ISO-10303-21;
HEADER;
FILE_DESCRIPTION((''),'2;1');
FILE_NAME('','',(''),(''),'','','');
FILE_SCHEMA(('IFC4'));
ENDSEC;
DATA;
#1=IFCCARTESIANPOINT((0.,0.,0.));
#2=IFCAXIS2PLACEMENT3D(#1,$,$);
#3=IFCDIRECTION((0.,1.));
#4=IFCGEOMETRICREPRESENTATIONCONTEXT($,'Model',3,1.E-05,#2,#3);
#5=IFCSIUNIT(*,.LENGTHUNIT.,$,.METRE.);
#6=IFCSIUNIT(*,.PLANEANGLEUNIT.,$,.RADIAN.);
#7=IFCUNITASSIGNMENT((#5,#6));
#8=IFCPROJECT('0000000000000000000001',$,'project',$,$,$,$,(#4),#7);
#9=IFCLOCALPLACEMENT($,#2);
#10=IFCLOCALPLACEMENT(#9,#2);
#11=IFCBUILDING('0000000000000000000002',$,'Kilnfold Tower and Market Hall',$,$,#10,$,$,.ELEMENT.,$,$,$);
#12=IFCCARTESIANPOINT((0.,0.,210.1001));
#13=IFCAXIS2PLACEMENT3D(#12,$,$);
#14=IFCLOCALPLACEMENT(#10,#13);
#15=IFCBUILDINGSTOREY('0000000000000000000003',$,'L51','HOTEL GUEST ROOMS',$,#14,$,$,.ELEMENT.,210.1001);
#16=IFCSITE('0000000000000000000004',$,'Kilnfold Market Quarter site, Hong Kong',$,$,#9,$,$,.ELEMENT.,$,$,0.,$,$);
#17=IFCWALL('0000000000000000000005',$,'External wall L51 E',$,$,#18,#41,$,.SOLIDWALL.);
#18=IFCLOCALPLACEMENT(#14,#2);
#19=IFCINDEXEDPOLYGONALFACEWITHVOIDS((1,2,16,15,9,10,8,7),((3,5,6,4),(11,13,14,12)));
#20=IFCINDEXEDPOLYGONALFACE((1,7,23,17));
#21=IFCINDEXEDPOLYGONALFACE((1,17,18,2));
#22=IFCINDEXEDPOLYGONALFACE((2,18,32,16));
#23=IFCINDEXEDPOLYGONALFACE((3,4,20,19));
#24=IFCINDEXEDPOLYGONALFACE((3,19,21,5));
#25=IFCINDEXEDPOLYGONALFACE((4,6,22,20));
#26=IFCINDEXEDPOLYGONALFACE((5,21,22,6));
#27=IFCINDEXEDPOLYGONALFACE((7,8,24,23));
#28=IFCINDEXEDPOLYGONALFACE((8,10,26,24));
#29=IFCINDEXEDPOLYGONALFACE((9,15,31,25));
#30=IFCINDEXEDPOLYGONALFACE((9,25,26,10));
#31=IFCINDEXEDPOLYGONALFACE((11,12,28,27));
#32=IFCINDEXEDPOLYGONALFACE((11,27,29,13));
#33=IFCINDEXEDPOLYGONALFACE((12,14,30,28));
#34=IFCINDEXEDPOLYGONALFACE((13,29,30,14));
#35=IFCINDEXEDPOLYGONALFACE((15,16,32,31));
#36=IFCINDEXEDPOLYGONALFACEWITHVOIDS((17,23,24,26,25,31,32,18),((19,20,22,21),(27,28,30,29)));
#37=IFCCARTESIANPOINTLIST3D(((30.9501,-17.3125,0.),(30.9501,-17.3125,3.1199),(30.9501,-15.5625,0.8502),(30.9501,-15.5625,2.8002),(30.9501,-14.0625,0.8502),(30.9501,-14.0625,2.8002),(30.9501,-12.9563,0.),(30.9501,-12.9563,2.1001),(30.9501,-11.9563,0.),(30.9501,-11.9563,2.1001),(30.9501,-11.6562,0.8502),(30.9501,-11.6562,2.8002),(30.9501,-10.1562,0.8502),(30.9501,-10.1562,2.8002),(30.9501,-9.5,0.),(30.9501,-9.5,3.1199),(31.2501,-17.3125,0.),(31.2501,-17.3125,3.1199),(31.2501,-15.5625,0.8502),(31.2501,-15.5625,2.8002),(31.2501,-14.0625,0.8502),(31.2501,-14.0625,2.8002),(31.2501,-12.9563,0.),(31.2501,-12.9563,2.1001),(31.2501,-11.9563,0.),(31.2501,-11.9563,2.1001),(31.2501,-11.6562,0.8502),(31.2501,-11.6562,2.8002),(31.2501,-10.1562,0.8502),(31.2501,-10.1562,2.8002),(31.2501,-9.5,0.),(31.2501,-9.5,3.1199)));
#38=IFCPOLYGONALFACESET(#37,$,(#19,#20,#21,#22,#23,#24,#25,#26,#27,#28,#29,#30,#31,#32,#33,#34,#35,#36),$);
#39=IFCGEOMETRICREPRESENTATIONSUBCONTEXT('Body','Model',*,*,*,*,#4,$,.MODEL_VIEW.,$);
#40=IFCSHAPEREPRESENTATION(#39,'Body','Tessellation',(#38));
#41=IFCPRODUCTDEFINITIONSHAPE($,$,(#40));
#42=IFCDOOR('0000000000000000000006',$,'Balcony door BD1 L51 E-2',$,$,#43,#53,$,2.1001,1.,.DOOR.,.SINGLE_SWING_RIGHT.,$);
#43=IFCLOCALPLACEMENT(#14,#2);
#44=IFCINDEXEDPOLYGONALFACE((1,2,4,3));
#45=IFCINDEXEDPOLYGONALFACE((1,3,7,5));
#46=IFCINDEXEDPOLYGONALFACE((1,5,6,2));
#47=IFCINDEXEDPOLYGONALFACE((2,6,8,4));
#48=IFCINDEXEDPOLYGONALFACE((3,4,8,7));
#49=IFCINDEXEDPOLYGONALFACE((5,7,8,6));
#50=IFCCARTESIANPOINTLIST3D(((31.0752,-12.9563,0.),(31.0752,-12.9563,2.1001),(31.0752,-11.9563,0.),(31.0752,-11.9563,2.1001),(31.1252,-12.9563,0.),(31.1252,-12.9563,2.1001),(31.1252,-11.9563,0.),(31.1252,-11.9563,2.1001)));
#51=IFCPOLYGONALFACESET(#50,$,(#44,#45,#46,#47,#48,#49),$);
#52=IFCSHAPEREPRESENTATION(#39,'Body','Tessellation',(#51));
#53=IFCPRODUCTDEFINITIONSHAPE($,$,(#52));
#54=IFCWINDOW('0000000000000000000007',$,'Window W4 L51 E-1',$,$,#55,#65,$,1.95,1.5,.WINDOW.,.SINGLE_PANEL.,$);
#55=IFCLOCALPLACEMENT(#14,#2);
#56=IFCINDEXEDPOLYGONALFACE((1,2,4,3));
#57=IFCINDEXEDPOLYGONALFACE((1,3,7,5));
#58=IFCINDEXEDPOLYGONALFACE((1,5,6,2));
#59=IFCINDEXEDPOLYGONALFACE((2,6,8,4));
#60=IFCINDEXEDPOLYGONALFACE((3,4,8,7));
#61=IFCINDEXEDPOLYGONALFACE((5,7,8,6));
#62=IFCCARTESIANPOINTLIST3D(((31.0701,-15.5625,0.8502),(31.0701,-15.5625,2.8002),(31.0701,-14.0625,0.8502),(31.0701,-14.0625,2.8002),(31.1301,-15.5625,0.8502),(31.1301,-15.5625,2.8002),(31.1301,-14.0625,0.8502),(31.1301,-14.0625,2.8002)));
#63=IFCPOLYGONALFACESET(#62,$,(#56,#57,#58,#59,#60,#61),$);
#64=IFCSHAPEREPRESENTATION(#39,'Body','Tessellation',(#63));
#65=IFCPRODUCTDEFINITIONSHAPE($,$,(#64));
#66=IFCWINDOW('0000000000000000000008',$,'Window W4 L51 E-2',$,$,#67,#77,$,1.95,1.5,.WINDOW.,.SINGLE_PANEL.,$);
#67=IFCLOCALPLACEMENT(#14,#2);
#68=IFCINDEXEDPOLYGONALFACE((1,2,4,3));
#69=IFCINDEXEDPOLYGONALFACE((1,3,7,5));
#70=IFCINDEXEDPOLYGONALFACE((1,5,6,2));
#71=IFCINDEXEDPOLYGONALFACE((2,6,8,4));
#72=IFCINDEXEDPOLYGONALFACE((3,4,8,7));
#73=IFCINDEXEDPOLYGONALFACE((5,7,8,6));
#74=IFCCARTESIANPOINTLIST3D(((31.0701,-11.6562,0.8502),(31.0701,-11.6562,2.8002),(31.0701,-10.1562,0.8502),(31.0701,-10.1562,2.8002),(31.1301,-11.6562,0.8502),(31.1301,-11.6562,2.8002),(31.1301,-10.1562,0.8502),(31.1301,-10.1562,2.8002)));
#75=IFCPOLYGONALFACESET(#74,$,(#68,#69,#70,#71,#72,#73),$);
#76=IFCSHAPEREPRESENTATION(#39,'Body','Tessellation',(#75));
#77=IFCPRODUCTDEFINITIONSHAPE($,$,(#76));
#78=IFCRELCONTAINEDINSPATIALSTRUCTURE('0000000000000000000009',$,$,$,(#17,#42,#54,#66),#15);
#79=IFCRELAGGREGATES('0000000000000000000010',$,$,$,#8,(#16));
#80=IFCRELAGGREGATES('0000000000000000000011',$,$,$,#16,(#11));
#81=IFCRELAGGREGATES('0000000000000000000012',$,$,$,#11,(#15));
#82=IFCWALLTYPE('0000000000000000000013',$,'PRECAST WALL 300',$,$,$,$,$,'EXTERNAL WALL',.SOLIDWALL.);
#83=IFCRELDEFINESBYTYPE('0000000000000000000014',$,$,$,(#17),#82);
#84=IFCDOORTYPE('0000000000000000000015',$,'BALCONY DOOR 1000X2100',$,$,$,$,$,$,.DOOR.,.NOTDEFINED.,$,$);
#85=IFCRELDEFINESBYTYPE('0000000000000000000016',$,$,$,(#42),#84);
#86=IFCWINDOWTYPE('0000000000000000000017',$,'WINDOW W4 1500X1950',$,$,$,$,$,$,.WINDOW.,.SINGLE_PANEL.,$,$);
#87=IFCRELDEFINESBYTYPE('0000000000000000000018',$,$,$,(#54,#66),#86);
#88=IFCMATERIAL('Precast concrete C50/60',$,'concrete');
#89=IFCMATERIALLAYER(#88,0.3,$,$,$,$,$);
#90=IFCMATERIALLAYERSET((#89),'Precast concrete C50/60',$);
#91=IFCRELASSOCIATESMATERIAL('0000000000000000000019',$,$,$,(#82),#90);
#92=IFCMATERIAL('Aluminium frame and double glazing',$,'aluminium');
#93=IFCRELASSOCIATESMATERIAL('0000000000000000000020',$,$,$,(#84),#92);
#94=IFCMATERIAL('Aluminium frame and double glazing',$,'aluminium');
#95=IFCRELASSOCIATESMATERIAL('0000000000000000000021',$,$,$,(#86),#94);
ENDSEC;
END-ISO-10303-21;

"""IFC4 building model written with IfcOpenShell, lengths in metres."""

from ifc_helpers import new_model, si_unit, direction, frame, frame_2d, origin, place, context, subcontext, project, spatial, rectangle, extrude, source, transform, mapped, material, layer, layer_set, type_object, element, fill, save


model = new_model("IFC4")

# Units and contexts
model_context = context("Model", 3, precision=1e-05, world=origin(), true_north=direction((0.0, 1.0)))
body_context = subcontext(model_context, "Body", "Model", "MODEL_VIEW")
ifc_project = project(units=[si_unit("LENGTHUNIT", "METRE"), si_unit("PLANEANGLEUNIT", "RADIAN")], contexts=[model_context])

# Site, building, storey
site_placement = place(None, origin())
site = spatial("IfcSite", under=ifc_project, at=site_placement, Name="Kilnfold Market Quarter site, Hong Kong", CompositionType="ELEMENT", RefElevation=0.0)
building_placement = place(site_placement, origin())
building = spatial("IfcBuilding", under=site, at=building_placement, Name="Kilnfold Tower and Market Hall", CompositionType="ELEMENT")
storey_placement = place(building_placement, frame((0.0, 0.0, 210.1001)))
storey = spatial("IfcBuildingStorey", under=building, at=storey_placement, Name="L51", Description="HOTEL GUEST ROOMS", CompositionType="ELEMENT", Elevation=210.1001)

# Wall, openings, door, windows
ifc_material_1 = material(Name="Precast concrete C50/60", Category="concrete")
ifc_layer_1 = layer(ifc_material_1, 0.3)
ifc_layer_set_1 = layer_set([ifc_layer_1], Name="Precast concrete C50/60")
wall_type_1 = type_object("IfcWallType", Name="PRECAST WALL 300", ElementType="EXTERNAL WALL", PredefinedType="SOLIDWALL", material=ifc_layer_set_1)
shared_shape_1 = source(origin(), body_context, "Body", "SweptSolid", [
    extrude(rectangle(XDim=7.8125, YDim=0.3, at=frame_2d((3.9062, 0.0))), origin(), (0.0, 0.0, 1.0), 3.1199),
])
wall_1_placement = place(storey_placement, frame((31.1001, -17.3125, 0.0), z_axis=(0.0, 0.0, 1.0), x_axis=(0.0, 1.0, 0.0)))
wall_1 = element("IfcWall", 1, at=wall_1_placement, inside=storey, type_object=wall_type_1, Name="External wall L51 E", PredefinedType="SOLIDWALL", context=body_context, shape_type="MappedRepresentation", body=[
    mapped(shared_shape_1, transform((0.0, 0.0, 0.0))),
])
opening_1_placement = place(wall_1_placement, frame((1.75, 0.0, 0.8501)))
opening_1 = element("IfcOpeningElement", 2, at=opening_1_placement, cuts=wall_1, PredefinedType="OPENING", context=body_context, shape_type="SweptSolid", body=[
    extrude(rectangle(XDim=1.5, YDim=1.95, at=frame_2d((0.75, 0.9751))), frame((0.0, 0.1602, 0.0), z_axis=(0.0, -1.0, 0.0), x_axis=(1.0, 0.0, 0.0)), (0.0, 0.0, 1.0), 0.3201),
])
opening_2_placement = place(wall_1_placement, frame((5.6562, 0.0, 0.8501)))
opening_2 = element("IfcOpeningElement", 3, at=opening_2_placement, cuts=wall_1, PredefinedType="OPENING", context=body_context, shape_type="SweptSolid", body=[
    extrude(rectangle(XDim=1.5, YDim=1.95, at=frame_2d((0.75, 0.9751))), frame((0.0, 0.1602, 0.0), z_axis=(0.0, -1.0, 0.0), x_axis=(1.0, 0.0, 0.0)), (0.0, 0.0, 1.0), 0.3201),
])
opening_3_placement = place(wall_1_placement, frame((4.3562, 0.0, 0.0)))
opening_3 = element("IfcOpeningElement", 4, at=opening_3_placement, cuts=wall_1, PredefinedType="OPENING", context=body_context, shape_type="SweptSolid", body=[
    extrude(rectangle(XDim=1.0, YDim=2.1001, at=frame_2d((0.5, 1.05))), frame((0.0, 0.1602, 0.0), z_axis=(0.0, -1.0, 0.0), x_axis=(1.0, 0.0, 0.0)), (0.0, 0.0, 1.0), 0.3201),
])
ifc_material_2 = material(Name="Aluminium frame and double glazing", Category="aluminium")
door_type_1 = type_object("IfcDoorType", Name="BALCONY DOOR 1000X2100", OperationType="NOTDEFINED", PredefinedType="DOOR", material=ifc_material_2)
door_1_placement = place(opening_3_placement, origin())
door_1 = element("IfcDoor", 5, at=door_1_placement, inside=storey, type_object=door_type_1, Name="Balcony door BD1 L51 E-2", OperationType="SINGLE_SWING_RIGHT", OverallHeight=2.1001, OverallWidth=1.0, PredefinedType="DOOR", context=body_context, shape_type="SweptSolid", body=[
    extrude(rectangle(XDim=1.0, YDim=2.1001, at=frame_2d((0.5, 1.05))), frame((0.0, 0.0249, 0.0), z_axis=(0.0, -1.0, 0.0), x_axis=(1.0, 0.0, 0.0)), (0.0, 0.0, 1.0), 0.05),
])
fill(opening_3, door_1)
ifc_material_3 = material(Name="Aluminium frame and double glazing", Category="aluminium")
window_type = type_object("IfcWindowType", Name="WINDOW W4 1500X1950", PartitioningType="SINGLE_PANEL", PredefinedType="WINDOW", material=ifc_material_3)
window_1_placement = place(opening_1_placement, origin())
window_1 = element("IfcWindow", 6, at=window_1_placement, inside=storey, type_object=window_type, Name="Window W4 L51 E-1", OverallHeight=1.95, OverallWidth=1.5, PartitioningType="SINGLE_PANEL", PredefinedType="WINDOW", context=body_context, shape_type="SweptSolid", body=[
    extrude(rectangle(XDim=1.5, YDim=1.95, at=frame_2d((0.75, 0.9751))), frame((0.0, 0.03, 0.0), z_axis=(0.0, -1.0, 0.0), x_axis=(1.0, 0.0, 0.0)), (0.0, 0.0, 1.0), 0.0601),
])
fill(opening_1, window_1)
window_2_placement = place(opening_2_placement, origin())
window_2 = element("IfcWindow", 7, at=window_2_placement, inside=storey, type_object=window_type, Name="Window W4 L51 E-2", OverallHeight=1.95, OverallWidth=1.5, PartitioningType="SINGLE_PANEL", PredefinedType="WINDOW", context=body_context, shape_type="SweptSolid", body=[
    extrude(rectangle(XDim=1.5, YDim=1.95, at=frame_2d((0.75, 0.9751))), frame((0.0, 0.03, 0.0), z_axis=(0.0, -1.0, 0.0), x_axis=(1.0, 0.0, 0.0)), (0.0, 0.0, 1.0), 0.0601),
])
fill(opening_2, window_2)

save(model, "model.ifc")
